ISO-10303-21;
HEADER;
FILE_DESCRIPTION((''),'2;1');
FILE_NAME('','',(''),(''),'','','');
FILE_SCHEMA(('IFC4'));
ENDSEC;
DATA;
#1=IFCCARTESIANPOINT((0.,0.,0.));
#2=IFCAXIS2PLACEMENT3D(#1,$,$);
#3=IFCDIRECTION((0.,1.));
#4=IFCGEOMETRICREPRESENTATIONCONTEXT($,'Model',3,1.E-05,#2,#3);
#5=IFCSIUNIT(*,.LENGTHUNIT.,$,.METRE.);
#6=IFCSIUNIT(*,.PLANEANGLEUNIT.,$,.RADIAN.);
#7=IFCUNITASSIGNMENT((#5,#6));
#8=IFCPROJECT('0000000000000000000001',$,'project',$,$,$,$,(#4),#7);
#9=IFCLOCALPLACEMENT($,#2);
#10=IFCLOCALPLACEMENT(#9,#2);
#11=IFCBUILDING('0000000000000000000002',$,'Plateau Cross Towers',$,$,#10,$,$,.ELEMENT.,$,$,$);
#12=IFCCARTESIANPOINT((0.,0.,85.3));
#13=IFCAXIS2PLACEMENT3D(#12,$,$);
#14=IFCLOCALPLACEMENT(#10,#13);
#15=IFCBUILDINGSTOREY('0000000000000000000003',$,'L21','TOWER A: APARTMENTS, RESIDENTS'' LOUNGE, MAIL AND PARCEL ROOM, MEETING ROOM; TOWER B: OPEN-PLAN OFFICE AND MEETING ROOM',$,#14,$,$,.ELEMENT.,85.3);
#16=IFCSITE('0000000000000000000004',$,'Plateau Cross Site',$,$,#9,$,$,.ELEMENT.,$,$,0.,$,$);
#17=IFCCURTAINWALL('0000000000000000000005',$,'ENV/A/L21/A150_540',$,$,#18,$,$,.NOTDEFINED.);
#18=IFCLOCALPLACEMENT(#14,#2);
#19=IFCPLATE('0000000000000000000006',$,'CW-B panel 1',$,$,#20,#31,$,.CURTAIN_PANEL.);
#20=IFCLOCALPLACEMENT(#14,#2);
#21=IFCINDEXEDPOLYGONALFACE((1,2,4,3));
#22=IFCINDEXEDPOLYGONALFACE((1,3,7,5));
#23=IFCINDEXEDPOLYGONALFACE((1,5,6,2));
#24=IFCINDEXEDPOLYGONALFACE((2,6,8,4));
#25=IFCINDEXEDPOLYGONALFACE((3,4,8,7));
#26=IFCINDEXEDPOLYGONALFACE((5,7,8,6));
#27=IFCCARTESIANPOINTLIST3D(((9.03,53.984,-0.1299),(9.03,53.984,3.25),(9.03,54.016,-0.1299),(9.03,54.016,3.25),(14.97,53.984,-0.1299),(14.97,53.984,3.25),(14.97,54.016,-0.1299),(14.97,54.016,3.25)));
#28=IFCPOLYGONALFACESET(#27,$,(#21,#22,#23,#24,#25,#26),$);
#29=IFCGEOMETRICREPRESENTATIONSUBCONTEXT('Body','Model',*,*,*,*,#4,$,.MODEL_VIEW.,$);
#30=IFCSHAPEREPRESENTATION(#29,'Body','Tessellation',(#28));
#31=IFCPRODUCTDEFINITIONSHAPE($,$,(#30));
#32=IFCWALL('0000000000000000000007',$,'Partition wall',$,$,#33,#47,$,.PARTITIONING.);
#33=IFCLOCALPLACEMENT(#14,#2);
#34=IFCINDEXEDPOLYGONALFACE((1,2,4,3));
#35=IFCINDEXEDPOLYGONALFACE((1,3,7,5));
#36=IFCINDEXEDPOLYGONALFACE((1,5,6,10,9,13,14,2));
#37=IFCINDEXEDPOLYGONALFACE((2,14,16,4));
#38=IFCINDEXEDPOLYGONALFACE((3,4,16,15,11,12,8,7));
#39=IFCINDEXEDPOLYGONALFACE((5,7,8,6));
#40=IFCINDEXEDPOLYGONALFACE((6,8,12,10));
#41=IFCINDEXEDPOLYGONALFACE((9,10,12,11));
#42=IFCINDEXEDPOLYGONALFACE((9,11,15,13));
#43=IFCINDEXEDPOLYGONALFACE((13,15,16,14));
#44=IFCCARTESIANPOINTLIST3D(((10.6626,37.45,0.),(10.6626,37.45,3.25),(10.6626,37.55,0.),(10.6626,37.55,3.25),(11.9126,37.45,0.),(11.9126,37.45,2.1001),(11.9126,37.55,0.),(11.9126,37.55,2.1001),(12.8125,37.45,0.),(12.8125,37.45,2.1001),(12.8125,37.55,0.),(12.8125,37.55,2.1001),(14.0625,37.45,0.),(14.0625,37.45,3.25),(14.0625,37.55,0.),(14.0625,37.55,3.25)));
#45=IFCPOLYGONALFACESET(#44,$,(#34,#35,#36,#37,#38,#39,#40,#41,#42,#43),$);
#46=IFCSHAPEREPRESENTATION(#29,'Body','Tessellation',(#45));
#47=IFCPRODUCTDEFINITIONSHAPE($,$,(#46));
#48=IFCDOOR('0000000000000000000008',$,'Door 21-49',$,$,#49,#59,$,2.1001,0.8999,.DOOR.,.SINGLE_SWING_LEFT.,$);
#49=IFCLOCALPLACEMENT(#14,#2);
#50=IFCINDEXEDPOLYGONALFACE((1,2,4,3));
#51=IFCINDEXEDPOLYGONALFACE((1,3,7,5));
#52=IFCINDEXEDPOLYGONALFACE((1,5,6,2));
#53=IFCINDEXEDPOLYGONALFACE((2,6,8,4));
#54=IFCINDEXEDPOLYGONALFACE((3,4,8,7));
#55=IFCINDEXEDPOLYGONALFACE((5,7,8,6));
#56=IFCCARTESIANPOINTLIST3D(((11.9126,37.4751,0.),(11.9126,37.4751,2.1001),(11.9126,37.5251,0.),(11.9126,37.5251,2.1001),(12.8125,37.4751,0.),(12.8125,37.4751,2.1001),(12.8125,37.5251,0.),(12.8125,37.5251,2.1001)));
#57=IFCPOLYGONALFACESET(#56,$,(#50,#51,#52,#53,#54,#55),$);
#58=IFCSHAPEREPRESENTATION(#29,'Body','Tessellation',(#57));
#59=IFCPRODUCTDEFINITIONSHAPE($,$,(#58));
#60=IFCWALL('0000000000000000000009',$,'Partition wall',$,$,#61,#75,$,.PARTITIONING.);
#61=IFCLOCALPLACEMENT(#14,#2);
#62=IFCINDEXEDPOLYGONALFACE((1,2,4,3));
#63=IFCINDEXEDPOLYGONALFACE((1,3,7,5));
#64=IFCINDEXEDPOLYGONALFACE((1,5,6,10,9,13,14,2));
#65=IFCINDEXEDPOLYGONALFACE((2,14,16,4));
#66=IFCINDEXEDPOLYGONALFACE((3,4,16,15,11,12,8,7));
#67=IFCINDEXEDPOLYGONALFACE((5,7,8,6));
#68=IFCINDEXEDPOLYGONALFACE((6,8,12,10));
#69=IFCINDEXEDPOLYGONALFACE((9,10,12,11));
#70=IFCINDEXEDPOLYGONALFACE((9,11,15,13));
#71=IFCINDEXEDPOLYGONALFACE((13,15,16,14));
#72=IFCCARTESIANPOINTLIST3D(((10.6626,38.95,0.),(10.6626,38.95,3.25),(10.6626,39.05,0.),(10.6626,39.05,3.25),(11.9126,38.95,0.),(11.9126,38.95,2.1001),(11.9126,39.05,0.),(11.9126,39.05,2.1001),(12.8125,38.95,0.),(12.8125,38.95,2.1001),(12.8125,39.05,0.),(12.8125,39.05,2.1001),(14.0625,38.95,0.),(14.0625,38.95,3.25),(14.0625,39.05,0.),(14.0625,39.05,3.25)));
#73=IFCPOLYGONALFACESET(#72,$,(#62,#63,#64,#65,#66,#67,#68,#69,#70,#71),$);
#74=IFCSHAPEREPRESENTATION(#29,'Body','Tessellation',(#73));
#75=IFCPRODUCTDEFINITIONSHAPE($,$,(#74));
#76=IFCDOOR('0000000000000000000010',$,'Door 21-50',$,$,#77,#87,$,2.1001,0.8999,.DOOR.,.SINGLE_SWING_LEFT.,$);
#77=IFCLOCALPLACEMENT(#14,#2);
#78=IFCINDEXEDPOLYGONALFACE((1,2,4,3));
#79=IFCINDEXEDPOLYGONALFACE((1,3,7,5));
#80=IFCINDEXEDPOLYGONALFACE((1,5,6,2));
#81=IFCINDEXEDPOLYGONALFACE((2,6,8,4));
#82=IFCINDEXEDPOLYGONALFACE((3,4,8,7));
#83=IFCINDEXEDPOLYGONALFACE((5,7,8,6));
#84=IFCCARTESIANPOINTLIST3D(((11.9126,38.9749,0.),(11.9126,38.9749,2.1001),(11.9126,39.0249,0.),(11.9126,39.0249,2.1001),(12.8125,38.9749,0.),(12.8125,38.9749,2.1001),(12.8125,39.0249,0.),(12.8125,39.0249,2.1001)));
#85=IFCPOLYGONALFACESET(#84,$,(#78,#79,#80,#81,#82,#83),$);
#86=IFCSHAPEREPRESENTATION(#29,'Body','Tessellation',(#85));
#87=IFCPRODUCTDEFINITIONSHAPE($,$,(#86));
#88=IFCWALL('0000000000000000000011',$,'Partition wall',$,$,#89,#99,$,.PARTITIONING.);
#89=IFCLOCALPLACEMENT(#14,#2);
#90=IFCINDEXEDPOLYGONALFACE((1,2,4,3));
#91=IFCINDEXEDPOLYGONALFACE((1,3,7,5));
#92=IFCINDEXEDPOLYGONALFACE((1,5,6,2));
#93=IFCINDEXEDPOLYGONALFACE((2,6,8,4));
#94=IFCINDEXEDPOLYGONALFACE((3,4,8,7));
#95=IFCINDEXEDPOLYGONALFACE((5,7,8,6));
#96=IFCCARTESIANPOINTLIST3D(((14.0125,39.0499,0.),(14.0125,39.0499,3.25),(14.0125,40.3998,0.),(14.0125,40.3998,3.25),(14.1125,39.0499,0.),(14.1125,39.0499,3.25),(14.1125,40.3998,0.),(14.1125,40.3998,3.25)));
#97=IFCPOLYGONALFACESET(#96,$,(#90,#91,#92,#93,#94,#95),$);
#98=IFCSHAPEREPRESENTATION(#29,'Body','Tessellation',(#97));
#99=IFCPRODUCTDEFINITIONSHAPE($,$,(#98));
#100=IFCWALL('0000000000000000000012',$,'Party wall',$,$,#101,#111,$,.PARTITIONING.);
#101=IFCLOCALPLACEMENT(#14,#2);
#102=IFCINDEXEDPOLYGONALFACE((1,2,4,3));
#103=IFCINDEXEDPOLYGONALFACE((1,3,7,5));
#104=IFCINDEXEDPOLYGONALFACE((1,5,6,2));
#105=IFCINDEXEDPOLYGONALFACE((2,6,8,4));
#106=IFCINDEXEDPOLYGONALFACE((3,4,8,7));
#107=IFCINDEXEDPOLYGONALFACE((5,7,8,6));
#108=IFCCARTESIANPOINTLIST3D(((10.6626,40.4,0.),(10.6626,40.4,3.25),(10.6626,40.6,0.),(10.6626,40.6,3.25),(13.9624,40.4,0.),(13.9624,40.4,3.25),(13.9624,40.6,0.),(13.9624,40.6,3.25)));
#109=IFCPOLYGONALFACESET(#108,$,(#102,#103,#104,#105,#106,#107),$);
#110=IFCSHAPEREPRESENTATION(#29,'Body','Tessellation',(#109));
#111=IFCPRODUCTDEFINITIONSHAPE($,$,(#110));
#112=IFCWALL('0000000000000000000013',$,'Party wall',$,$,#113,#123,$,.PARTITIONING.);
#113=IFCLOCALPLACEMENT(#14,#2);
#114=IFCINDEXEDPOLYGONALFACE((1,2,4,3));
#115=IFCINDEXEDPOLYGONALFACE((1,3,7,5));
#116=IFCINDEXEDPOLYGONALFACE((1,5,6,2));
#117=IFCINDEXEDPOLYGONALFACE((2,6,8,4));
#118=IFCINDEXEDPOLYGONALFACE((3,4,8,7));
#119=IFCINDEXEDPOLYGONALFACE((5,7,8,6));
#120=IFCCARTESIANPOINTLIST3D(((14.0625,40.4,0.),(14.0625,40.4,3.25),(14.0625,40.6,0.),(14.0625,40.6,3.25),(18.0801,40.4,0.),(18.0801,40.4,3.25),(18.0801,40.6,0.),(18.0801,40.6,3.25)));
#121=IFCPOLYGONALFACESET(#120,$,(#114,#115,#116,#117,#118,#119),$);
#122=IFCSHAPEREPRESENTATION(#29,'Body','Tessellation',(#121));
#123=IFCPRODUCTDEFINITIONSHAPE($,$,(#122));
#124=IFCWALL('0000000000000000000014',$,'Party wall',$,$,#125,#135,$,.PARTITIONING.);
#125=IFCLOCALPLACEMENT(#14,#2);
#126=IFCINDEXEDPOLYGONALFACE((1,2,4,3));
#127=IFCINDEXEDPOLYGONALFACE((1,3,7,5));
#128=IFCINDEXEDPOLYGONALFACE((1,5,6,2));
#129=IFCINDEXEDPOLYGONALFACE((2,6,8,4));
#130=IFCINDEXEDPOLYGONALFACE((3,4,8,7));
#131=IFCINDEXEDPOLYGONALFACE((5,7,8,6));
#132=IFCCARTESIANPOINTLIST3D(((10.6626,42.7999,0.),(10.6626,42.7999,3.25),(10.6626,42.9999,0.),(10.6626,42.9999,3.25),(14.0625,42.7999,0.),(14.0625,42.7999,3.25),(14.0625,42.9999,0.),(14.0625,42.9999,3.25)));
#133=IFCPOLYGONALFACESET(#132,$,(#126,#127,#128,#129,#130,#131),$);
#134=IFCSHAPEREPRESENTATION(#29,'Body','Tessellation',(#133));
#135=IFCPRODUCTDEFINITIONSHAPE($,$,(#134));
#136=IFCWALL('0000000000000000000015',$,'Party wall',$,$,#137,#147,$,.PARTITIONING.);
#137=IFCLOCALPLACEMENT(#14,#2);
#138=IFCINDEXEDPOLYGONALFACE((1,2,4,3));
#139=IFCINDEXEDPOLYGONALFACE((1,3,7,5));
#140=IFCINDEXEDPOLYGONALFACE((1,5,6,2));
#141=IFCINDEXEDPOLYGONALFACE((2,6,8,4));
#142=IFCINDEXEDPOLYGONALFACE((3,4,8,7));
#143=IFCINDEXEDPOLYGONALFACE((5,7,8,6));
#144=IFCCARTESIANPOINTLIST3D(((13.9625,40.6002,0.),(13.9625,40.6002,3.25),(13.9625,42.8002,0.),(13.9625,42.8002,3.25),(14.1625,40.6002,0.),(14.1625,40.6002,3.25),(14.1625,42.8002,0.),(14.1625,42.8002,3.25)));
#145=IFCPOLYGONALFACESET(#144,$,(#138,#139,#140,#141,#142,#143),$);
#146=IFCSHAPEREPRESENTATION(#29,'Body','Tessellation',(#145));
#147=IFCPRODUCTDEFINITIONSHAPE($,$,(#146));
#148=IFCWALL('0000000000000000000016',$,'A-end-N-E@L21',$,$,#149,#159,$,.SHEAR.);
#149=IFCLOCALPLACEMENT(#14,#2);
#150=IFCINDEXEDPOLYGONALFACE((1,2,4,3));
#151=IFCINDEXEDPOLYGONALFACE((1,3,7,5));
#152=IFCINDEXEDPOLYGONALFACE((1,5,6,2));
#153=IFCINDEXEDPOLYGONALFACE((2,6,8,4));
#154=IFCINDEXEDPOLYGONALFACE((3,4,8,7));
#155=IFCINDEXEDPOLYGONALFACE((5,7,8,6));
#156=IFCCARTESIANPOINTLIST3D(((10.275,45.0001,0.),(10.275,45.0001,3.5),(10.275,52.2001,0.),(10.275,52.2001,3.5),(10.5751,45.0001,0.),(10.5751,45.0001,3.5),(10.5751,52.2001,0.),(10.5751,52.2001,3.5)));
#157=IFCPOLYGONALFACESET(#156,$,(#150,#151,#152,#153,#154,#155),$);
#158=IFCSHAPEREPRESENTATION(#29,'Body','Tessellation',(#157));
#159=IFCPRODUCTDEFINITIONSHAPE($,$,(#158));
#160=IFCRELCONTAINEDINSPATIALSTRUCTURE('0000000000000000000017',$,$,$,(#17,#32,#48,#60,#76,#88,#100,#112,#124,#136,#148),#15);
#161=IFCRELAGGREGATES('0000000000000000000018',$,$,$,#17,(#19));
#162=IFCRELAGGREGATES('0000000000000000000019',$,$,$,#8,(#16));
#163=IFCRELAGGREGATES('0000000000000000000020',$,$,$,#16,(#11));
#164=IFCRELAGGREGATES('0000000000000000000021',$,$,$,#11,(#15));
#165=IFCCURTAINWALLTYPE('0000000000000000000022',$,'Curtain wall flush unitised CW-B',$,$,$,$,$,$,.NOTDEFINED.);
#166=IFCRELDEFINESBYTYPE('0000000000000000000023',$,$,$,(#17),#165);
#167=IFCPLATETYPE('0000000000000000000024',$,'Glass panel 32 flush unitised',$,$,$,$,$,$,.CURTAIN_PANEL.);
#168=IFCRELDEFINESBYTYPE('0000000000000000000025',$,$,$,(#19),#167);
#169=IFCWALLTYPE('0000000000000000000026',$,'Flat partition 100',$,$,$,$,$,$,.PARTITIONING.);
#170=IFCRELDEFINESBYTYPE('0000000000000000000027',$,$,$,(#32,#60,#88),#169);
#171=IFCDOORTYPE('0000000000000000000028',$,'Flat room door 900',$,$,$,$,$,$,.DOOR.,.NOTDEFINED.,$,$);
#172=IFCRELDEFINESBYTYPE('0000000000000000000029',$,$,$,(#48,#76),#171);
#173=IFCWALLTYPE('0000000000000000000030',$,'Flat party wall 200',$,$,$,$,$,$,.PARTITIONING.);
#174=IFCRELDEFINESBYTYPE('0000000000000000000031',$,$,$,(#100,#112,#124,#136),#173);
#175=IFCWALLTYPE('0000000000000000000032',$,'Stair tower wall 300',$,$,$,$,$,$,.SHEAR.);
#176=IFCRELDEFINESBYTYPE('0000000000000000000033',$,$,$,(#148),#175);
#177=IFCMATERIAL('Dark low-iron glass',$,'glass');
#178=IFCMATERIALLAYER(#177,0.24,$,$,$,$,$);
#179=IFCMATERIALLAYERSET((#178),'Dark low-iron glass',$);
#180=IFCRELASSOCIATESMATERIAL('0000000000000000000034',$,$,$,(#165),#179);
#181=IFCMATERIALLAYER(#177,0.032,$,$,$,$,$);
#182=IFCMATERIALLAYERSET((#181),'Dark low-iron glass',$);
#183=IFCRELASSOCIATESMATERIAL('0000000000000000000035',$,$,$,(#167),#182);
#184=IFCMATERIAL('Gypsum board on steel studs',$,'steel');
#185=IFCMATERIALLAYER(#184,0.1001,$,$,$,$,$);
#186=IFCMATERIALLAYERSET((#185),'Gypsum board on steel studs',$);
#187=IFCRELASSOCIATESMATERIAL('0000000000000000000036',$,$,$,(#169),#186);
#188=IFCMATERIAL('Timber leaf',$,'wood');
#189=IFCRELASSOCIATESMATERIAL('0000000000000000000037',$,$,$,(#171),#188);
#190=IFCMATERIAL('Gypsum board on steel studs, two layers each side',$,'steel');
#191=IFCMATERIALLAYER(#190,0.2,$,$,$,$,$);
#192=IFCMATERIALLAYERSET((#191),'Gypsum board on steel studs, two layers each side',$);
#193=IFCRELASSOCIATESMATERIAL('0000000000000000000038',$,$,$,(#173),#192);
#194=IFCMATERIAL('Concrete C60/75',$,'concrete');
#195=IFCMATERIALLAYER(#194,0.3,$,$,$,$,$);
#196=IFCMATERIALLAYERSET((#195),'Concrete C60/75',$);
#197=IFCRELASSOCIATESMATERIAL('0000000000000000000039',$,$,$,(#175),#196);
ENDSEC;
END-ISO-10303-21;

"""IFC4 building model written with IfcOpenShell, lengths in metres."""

from ifc_helpers import new_model, si_unit, direction, frame, frame_2d, origin, origin_2d, place, context, subcontext, project, spatial, rectangle, extrude, material, layer, layer_set, type_object, element, fill, aggregate, save


model = new_model("IFC4")

# Units and contexts
model_context = context("Model", 3, precision=1e-05, world=origin(), true_north=direction((0.0, 1.0)))
body_context = subcontext(model_context, "Body", "Model", "MODEL_VIEW")
ifc_project = project(units=[si_unit("LENGTHUNIT", "METRE"), si_unit("PLANEANGLEUNIT", "RADIAN")], contexts=[model_context])

# Site, building, storey
site_placement = place(None, origin())
site = spatial("IfcSite", under=ifc_project, at=site_placement, Name="Plateau Cross Site", CompositionType="ELEMENT", RefElevation=0.0)
building_placement = place(site_placement, origin())
building = spatial("IfcBuilding", under=site, at=building_placement, Name="Plateau Cross Towers", CompositionType="ELEMENT")
storey_placement = place(building_placement, frame((0.0, 0.0, 85.3)))
storey = spatial("IfcBuildingStorey", under=building, at=storey_placement, Name="L21", Description="TOWER A: APARTMENTS, RESIDENTS' LOUNGE, MAIL AND PARCEL ROOM, MEETING ROOM; TOWER B: OPEN-PLAN OFFICE AND MEETING ROOM", CompositionType="ELEMENT", Elevation=85.3)

# Shared definitions
ifc_material_1 = material(Name="Concrete C60/75", Category="concrete")

# Shared definitions
ifc_material_2 = material(Name="Dark low-iron glass", Category="glass")
ifc_layer_1 = layer(ifc_material_2, 0.24)
ifc_layer_set_1 = layer_set([ifc_layer_1], Name="Dark low-iron glass")
curtain_wall_type = type_object("IfcCurtainWallType", Name="Curtain wall flush unitised CW-B", PredefinedType="NOTDEFINED", material=ifc_layer_set_1)

# Curtain wall
curtain_wall_1_placement = place(storey_placement, origin())
curtain_wall_1 = element("IfcCurtainWall", 1, at=curtain_wall_1_placement, inside=storey, type_object=curtain_wall_type, Name="ENV/A/L21/A150_540", PredefinedType="NOTDEFINED")

# Plate
ifc_layer_2 = layer(ifc_material_2, 0.032)
ifc_layer_set_2 = layer_set([ifc_layer_2], Name="Dark low-iron glass")
plate_type = type_object("IfcPlateType", Name="Glass panel 32 flush unitised", PredefinedType="CURTAIN_PANEL", material=ifc_layer_set_2)
plate_1_placement = place(storey_placement, frame((12.0, 54.0, -0.1299), z_axis=(0.0, 0.0, 1.0), x_axis=(-1.0, 0.0, 0.0)))
plate_1 = element("IfcPlate", 2, at=plate_1_placement, type_object=plate_type, Name="CW-B panel 1", PredefinedType="CURTAIN_PANEL", context=body_context, shape_type="SweptSolid", body=[
    extrude(rectangle(XDim=5.9399, YDim=0.032, at=origin_2d()), origin(), (0.0, 0.0, 1.0), 3.3799),
])
aggregate(curtain_wall_1, [plate_1])

# Walls, openings, doors
ifc_material_3 = material(Name="Gypsum board on steel studs", Category="steel")
ifc_layer_3 = layer(ifc_material_3, 0.1001)
ifc_layer_set_3 = layer_set([ifc_layer_3], Name="Gypsum board on steel studs")
wall_type_1 = type_object("IfcWallType", Name="Flat partition 100", PredefinedType="PARTITIONING", material=ifc_layer_set_3)
wall_1_placement = place(storey_placement, frame((14.0625, 37.5, 0.0), z_axis=(0.0, 0.0, 1.0), x_axis=(-1.0, 0.0, 0.0)))
wall_1 = element("IfcWall", 3, at=wall_1_placement, inside=storey, type_object=wall_type_1, Name="Partition wall", PredefinedType="PARTITIONING", context=body_context, shape_type="SweptSolid", body=[
    extrude(rectangle(XDim=3.3999, YDim=0.1001, at=frame_2d((1.7, 0.0))), origin(), (0.0, 0.0, 1.0), 3.25),
])
opening_1_placement = place(wall_1_placement, frame((1.25, 0.0, 0.0)))
opening_1 = element("IfcOpeningElement", 4, at=opening_1_placement, cuts=wall_1, PredefinedType="OPENING", context=body_context, shape_type="SweptSolid", body=[
    extrude(rectangle(XDim=0.8999, YDim=2.1001, at=frame_2d((0.45, 1.05))), frame((0.0, 0.0601, 0.0), z_axis=(0.0, -1.0, 0.0), x_axis=(1.0, 0.0, 0.0)), (0.0, 0.0, 1.0), 0.1201),
])
ifc_material_4 = material(Name="Timber leaf", Category="wood")
door_type = type_object("IfcDoorType", Name="Flat room door 900", OperationType="NOTDEFINED", PredefinedType="DOOR", material=ifc_material_4)
door_1_placement = place(opening_1_placement, origin())
door_1 = element("IfcDoor", 5, at=door_1_placement, inside=storey, type_object=door_type, Name="Door 21-49", OperationType="SINGLE_SWING_LEFT", OverallHeight=2.1001, OverallWidth=0.8999, PredefinedType="DOOR", context=body_context, shape_type="SweptSolid", body=[
    extrude(rectangle(XDim=0.8999, YDim=2.1001, at=frame_2d((0.45, 1.05))), frame((0.0, 0.0249, 0.0), z_axis=(0.0, -1.0, 0.0), x_axis=(1.0, 0.0, 0.0)), (0.0, 0.0, 1.0), 0.05),
])
fill(opening_1, door_1)
wall_2_placement = place(storey_placement, frame((10.6626, 39.0, 0.0), z_axis=(0.0, 0.0, 1.0), x_axis=(1.0, 0.0, 0.0)))
wall_2 = element("IfcWall", 6, at=wall_2_placement, inside=storey, type_object=wall_type_1, Name="Partition wall", PredefinedType="PARTITIONING", context=body_context, shape_type="SweptSolid", body=[
    extrude(rectangle(XDim=3.3999, YDim=0.1001, at=frame_2d((1.7, 0.0))), origin(), (0.0, 0.0, 1.0), 3.25),
])
opening_2_placement = place(wall_2_placement, frame((1.25, 0.0, 0.0)))
opening_2 = element("IfcOpeningElement", 7, at=opening_2_placement, cuts=wall_2, PredefinedType="OPENING", context=body_context, shape_type="SweptSolid", body=[
    extrude(rectangle(XDim=0.8999, YDim=2.1001, at=frame_2d((0.45, 1.05))), frame((0.0, 0.0601, 0.0), z_axis=(0.0, -1.0, 0.0), x_axis=(1.0, 0.0, 0.0)), (0.0, 0.0, 1.0), 0.1201),
])
door_2_placement = place(opening_2_placement, origin())
door_2 = element("IfcDoor", 8, at=door_2_placement, inside=storey, type_object=door_type, Name="Door 21-50", OperationType="SINGLE_SWING_LEFT", OverallHeight=2.1001, OverallWidth=0.8999, PredefinedType="DOOR", context=body_context, shape_type="SweptSolid", body=[
    extrude(rectangle(XDim=0.8999, YDim=2.1001, at=frame_2d((0.45, 1.05))), frame((0.0, 0.0249, 0.0), z_axis=(0.0, -1.0, 0.0), x_axis=(1.0, 0.0, 0.0)), (0.0, 0.0, 1.0), 0.05),
])
fill(opening_2, door_2)

# Walls
wall_3_placement = place(storey_placement, frame((14.0625, 39.05, 0.0), z_axis=(0.0, 0.0, 1.0), x_axis=(0.0, 1.0, 0.0)))
element("IfcWall", 9, at=wall_3_placement, inside=storey, type_object=wall_type_1, Name="Partition wall", PredefinedType="PARTITIONING", context=body_context, shape_type="SweptSolid", body=[
    extrude(rectangle(XDim=1.3499, YDim=0.1001, at=frame_2d((0.6748, 0.0))), origin(), (0.0, 0.0, 1.0), 3.25),
])
ifc_material_5 = material(Name="Gypsum board on steel studs, two layers each side", Category="steel")
ifc_layer_4 = layer(ifc_material_5, 0.2)
ifc_layer_set_4 = layer_set([ifc_layer_4], Name="Gypsum board on steel studs, two layers each side")
wall_type_2 = type_object("IfcWallType", Name="Flat party wall 200", PredefinedType="PARTITIONING", material=ifc_layer_set_4)
wall_4_placement = place(storey_placement, frame((13.9624, 40.5, 0.0), z_axis=(0.0, 0.0, 1.0), x_axis=(-1.0, 0.0, 0.0)))
element("IfcWall", 10, at=wall_4_placement, inside=storey, type_object=wall_type_2, Name="Party wall", PredefinedType="PARTITIONING", context=body_context, shape_type="SweptSolid", body=[
    extrude(rectangle(XDim=3.2998, YDim=0.2, at=frame_2d((1.6499, 0.0))), origin(), (0.0, 0.0, 1.0), 3.25),
])
wall_5_placement = place(storey_placement, frame((14.0625, 40.5, 0.0), z_axis=(0.0, 0.0, 1.0), x_axis=(1.0, 0.0, 0.0)))
element("IfcWall", 11, at=wall_5_placement, inside=storey, type_object=wall_type_2, Name="Party wall", PredefinedType="PARTITIONING", context=body_context, shape_type="SweptSolid", body=[
    extrude(rectangle(XDim=4.0176, YDim=0.2, at=frame_2d((2.0088, 0.0))), origin(), (0.0, 0.0, 1.0), 3.25),
])
wall_6_placement = place(storey_placement, frame((14.0625, 42.8999, 0.0), z_axis=(0.0, 0.0, 1.0), x_axis=(-1.0, 0.0, 0.0)))
element("IfcWall", 12, at=wall_6_placement, inside=storey, type_object=wall_type_2, Name="Party wall", PredefinedType="PARTITIONING", context=body_context, shape_type="SweptSolid", body=[
    extrude(rectangle(XDim=3.3999, YDim=0.2, at=frame_2d((1.7, 0.0))), origin(), (0.0, 0.0, 1.0), 3.25),
])
wall_7_placement = place(storey_placement, frame((14.0625, 40.6001, 0.0), z_axis=(0.0, 0.0, 1.0), x_axis=(0.0, 1.0, 0.0)))
element("IfcWall", 13, at=wall_7_placement, inside=storey, type_object=wall_type_2, Name="Party wall", PredefinedType="PARTITIONING", context=body_context, shape_type="SweptSolid", body=[
    extrude(rectangle(XDim=2.2, YDim=0.2, at=frame_2d((1.1001, 0.0))), origin(), (0.0, 0.0, 1.0), 3.25),
])
ifc_layer_5 = layer(ifc_material_1, 0.3)
ifc_layer_set_5 = layer_set([ifc_layer_5], Name="Concrete C60/75")
wall_type_3 = type_object("IfcWallType", Name="Stair tower wall 300", PredefinedType="SHEAR", material=ifc_layer_set_5)
wall_8_placement = place(storey_placement, frame((10.425, 45.0, 0.0), z_axis=(0.0, 0.0, 1.0), x_axis=(0.0, 1.0, 0.0)))
element("IfcWall", 14, at=wall_8_placement, inside=storey, type_object=wall_type_3, Name="A-end-N-E@L21", PredefinedType="SHEAR", context=body_context, shape_type="SweptSolid", body=[
    extrude(rectangle(XDim=7.2, YDim=0.3, at=frame_2d((3.6001, 0.0))), origin(), (0.0, 0.0, 1.0), 3.5),
])

save(model, "model.ifc")
